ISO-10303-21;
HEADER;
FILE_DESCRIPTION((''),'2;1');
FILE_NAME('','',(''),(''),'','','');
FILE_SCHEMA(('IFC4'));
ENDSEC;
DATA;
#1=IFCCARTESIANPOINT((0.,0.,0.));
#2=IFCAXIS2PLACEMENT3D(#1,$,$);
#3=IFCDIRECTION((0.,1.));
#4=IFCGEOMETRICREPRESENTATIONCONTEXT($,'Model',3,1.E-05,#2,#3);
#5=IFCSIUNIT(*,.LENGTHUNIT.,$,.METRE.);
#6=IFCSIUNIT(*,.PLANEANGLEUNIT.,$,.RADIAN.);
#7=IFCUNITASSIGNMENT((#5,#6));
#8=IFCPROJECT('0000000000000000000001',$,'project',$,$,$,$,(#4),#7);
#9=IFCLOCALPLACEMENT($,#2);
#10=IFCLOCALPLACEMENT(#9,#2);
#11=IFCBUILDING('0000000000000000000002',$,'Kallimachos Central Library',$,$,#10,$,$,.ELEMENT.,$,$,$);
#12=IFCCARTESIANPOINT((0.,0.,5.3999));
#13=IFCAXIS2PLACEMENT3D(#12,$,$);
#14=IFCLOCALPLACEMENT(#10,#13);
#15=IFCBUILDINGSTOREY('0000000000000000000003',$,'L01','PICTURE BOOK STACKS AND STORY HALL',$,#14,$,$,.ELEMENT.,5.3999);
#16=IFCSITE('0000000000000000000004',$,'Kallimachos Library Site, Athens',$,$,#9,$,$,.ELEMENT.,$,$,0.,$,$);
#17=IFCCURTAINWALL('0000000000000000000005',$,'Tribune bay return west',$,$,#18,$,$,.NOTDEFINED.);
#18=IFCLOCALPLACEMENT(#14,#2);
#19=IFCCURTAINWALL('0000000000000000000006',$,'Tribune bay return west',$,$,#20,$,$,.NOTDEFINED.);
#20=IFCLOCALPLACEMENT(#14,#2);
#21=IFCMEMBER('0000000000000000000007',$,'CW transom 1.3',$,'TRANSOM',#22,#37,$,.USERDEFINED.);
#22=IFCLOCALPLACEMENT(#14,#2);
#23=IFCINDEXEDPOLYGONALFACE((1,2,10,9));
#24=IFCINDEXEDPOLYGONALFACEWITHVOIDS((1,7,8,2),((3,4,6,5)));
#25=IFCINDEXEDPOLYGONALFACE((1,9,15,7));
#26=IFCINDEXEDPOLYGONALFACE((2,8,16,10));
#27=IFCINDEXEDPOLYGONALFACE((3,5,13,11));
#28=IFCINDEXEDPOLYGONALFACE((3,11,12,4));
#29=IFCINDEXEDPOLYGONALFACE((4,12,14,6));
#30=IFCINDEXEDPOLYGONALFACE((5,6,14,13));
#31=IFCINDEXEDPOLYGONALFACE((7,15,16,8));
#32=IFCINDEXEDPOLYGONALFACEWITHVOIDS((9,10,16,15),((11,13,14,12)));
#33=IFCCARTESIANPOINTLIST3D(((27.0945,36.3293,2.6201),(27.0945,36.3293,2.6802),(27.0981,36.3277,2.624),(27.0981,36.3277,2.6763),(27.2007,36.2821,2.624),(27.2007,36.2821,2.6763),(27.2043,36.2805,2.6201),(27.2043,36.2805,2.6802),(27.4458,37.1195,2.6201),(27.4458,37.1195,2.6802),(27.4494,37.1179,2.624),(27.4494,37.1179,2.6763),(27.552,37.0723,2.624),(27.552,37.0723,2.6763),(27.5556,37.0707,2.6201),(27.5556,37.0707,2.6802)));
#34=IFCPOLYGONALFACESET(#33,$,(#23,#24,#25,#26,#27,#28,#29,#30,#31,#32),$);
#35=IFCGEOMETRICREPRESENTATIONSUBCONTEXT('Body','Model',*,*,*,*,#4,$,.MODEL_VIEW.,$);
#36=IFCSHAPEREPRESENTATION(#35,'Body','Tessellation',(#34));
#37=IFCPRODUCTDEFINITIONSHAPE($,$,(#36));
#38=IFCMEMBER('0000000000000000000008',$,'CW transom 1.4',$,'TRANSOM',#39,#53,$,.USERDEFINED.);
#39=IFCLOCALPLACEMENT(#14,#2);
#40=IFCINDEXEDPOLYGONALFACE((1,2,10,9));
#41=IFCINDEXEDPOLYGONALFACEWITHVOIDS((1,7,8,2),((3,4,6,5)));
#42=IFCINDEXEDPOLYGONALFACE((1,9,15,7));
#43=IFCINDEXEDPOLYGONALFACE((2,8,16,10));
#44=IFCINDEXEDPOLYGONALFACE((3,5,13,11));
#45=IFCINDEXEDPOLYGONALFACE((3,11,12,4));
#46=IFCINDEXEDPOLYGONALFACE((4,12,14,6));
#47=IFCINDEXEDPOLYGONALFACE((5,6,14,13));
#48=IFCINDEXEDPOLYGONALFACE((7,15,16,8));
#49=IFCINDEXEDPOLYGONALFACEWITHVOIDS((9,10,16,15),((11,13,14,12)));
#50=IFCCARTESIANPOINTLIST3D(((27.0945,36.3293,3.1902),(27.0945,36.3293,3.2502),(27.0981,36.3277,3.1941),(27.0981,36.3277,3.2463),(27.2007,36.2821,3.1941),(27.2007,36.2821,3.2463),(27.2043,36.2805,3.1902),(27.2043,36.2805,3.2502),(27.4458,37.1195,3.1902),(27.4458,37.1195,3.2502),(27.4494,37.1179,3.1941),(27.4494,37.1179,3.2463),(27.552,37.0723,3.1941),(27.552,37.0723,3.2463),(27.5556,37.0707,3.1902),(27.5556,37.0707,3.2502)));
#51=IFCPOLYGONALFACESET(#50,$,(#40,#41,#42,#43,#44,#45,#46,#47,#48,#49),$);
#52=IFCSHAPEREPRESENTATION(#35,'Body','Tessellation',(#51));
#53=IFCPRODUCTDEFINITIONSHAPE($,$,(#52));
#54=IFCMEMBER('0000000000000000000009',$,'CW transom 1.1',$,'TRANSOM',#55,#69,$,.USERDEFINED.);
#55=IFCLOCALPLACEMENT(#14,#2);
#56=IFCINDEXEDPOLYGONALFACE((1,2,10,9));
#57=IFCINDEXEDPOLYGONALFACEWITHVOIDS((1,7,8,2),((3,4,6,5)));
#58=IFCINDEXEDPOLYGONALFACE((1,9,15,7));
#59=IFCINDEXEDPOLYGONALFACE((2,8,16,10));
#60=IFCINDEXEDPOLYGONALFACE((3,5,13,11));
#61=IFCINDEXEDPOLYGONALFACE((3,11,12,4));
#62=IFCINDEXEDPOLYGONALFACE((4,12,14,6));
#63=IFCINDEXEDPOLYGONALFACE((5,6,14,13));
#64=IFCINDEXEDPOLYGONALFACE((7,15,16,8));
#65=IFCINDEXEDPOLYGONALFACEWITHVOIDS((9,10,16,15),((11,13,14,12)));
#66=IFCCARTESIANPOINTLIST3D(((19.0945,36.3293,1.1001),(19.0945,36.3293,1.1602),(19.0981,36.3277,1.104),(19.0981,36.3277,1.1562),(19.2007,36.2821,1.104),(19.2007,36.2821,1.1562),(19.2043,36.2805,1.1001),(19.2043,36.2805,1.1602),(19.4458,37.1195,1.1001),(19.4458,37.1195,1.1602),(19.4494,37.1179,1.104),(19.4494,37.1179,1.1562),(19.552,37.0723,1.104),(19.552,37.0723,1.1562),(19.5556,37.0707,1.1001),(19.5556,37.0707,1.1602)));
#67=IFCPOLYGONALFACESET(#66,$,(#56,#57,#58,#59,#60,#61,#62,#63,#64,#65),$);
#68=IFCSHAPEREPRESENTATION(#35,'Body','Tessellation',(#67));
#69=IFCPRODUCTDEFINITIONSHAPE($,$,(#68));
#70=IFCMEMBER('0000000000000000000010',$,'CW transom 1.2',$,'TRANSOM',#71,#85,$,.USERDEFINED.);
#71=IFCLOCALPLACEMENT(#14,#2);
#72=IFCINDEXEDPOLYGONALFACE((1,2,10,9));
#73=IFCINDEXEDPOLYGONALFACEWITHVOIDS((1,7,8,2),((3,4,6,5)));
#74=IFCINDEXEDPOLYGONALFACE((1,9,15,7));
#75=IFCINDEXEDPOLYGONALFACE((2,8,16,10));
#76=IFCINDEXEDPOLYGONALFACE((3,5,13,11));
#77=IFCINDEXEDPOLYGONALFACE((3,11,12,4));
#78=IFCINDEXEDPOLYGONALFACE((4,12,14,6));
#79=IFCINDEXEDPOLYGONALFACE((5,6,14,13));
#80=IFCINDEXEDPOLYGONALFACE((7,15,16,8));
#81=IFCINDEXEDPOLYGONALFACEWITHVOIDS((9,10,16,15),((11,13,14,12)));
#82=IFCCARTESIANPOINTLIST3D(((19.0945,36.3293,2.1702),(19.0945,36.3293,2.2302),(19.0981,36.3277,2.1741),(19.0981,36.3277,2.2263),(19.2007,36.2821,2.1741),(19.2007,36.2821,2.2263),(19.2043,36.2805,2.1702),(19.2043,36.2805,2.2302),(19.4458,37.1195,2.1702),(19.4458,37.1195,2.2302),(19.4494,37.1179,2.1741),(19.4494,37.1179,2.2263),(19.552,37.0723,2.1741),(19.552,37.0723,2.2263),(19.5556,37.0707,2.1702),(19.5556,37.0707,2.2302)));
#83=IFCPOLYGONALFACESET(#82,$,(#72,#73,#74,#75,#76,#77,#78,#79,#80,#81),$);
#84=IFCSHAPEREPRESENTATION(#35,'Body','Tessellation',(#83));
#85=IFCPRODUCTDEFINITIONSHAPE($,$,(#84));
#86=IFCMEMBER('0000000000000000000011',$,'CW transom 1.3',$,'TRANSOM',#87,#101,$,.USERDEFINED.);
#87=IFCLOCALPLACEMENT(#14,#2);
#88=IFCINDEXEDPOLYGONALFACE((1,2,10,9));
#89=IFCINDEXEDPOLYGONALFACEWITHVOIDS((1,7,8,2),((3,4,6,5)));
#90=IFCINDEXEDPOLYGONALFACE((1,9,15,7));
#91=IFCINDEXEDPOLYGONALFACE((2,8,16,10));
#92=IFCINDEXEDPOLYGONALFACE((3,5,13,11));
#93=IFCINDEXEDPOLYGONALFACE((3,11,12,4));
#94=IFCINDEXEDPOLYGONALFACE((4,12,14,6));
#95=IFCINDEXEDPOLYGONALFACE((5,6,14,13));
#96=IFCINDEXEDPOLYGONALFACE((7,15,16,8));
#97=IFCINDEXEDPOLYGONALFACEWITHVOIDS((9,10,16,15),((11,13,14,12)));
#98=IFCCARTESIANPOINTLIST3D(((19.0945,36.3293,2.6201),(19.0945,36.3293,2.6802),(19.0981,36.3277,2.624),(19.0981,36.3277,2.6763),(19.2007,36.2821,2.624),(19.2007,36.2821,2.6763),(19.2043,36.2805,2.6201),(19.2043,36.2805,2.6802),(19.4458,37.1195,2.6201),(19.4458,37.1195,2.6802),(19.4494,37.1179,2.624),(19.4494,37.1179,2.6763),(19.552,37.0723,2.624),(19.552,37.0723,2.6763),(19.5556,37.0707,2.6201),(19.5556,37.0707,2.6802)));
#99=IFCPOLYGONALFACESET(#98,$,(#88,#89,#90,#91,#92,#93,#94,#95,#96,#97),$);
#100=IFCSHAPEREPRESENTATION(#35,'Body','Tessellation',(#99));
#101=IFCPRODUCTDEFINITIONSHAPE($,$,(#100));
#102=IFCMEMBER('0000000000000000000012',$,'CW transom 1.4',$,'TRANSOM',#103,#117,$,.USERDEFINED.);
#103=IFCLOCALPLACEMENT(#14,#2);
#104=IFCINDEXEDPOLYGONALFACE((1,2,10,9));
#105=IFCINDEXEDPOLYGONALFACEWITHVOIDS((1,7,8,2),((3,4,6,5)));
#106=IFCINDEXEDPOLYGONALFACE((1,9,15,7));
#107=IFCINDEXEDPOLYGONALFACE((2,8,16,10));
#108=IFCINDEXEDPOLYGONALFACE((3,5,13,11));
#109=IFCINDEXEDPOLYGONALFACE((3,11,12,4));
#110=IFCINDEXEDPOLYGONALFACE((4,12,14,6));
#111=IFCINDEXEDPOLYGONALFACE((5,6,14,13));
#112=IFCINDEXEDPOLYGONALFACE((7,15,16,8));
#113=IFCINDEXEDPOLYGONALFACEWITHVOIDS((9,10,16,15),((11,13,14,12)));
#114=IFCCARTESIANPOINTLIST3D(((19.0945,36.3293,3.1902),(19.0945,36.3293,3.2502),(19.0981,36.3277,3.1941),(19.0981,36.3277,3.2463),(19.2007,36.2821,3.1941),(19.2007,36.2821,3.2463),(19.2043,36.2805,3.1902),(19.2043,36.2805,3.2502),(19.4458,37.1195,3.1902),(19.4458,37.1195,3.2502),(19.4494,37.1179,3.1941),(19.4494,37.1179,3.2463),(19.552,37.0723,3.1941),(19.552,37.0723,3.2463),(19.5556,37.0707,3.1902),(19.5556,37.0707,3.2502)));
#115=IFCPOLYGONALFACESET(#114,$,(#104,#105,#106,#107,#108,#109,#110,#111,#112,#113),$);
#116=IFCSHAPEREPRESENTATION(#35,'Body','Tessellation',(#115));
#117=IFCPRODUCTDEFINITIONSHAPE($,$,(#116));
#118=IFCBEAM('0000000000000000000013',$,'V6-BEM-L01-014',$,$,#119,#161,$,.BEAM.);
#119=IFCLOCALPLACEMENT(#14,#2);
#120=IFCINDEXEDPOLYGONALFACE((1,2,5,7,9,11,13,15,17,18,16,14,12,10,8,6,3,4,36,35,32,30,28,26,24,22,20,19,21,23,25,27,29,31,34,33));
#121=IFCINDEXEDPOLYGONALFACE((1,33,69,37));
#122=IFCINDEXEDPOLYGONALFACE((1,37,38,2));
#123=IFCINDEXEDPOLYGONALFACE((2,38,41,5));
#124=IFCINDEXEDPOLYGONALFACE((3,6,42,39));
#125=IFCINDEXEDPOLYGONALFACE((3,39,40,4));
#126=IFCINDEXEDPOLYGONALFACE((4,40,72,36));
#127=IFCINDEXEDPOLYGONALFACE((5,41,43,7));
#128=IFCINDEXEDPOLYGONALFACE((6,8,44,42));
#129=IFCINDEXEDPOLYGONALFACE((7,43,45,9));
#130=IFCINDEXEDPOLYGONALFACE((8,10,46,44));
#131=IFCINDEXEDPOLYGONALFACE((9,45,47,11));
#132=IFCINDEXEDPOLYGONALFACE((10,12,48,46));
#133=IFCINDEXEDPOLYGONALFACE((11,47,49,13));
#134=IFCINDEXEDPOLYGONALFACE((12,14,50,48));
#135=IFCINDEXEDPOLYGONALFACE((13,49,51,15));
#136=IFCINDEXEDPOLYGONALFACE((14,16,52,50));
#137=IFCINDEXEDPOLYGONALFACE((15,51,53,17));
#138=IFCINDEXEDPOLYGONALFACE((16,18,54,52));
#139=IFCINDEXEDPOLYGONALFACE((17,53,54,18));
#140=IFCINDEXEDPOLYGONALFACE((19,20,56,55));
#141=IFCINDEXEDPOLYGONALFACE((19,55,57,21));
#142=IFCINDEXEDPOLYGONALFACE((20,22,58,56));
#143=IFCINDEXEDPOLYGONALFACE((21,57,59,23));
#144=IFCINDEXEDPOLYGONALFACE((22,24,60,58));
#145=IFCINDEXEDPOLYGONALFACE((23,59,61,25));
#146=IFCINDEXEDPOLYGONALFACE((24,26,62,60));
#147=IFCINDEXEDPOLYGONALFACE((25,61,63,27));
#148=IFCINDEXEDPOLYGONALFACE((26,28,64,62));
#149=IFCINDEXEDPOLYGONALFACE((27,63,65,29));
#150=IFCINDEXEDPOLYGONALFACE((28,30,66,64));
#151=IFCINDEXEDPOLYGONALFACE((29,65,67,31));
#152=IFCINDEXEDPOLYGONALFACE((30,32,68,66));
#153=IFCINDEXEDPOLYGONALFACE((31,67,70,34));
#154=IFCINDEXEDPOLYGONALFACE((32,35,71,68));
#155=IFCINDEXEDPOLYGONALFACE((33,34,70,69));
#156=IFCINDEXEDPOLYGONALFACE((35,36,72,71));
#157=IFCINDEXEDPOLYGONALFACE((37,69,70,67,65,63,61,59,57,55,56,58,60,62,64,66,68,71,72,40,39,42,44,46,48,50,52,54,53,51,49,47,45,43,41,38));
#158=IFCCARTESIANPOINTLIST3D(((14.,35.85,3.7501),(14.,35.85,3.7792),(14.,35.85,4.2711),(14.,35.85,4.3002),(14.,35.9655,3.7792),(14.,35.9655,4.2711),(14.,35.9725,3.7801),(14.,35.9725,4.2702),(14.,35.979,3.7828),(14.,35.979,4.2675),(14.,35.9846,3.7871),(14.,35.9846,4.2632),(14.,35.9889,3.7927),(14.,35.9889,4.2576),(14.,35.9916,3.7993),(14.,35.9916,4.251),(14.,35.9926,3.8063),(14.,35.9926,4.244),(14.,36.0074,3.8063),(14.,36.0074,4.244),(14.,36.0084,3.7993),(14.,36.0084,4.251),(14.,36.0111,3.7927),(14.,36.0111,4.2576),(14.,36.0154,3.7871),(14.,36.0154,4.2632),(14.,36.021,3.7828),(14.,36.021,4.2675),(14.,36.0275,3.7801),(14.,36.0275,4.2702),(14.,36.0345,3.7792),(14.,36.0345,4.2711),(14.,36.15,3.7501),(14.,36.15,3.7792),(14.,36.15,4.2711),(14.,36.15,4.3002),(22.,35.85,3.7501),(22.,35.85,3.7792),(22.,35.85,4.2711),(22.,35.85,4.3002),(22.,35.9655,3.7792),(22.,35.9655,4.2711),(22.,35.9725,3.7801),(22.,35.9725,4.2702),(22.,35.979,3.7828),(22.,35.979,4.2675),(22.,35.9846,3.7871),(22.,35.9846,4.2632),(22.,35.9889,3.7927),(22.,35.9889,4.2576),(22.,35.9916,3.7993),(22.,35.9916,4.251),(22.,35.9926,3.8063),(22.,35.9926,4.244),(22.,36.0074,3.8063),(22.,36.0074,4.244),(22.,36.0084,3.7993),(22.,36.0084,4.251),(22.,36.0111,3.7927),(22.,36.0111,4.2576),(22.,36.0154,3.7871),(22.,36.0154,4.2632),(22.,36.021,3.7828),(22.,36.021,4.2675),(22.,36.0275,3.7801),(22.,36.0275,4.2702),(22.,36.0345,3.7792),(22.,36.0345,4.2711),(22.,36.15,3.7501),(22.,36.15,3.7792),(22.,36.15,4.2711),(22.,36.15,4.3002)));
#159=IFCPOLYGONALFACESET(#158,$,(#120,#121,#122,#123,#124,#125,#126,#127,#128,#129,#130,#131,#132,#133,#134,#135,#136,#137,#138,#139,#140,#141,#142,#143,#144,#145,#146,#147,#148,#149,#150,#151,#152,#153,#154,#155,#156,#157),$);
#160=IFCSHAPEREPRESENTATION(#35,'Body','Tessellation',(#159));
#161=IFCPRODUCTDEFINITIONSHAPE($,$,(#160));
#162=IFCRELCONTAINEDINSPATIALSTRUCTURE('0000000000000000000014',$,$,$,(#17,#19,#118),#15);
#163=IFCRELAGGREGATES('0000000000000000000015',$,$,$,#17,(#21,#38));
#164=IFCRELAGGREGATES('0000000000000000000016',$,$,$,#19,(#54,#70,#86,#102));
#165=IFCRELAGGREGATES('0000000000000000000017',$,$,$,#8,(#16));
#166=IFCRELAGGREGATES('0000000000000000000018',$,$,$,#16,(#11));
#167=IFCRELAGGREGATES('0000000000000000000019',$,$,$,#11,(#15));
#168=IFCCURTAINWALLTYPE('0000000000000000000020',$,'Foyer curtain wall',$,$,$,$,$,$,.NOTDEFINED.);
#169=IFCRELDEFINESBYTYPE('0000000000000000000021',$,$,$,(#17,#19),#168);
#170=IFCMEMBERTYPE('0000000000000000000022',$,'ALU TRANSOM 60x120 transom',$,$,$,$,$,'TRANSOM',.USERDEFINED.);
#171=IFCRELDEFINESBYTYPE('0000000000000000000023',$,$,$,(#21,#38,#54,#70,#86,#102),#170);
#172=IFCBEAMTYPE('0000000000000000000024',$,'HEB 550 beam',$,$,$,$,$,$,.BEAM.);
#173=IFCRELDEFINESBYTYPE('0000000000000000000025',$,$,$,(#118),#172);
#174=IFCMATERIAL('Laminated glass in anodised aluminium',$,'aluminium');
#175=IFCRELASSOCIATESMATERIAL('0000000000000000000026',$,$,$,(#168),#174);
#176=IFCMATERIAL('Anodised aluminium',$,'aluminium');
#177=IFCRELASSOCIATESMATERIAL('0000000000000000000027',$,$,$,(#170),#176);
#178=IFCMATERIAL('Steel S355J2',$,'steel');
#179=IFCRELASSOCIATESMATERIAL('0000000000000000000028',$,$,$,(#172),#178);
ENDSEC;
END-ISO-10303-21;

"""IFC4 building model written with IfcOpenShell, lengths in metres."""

from ifc_helpers import new_model, si_unit, direction, frame, origin, origin_2d, place, context, subcontext, project, spatial, hollow_rectangle, i_section, extrude, material, material_profile, profile_set, type_object, element, aggregate, save


model = new_model("IFC4")

# Units and contexts
model_context = context("Model", 3, precision=1e-05, world=origin(), true_north=direction((0.0, 1.0)))
body_context = subcontext(model_context, "Body", "Model", "MODEL_VIEW")
ifc_project = project(units=[si_unit("LENGTHUNIT", "METRE"), si_unit("PLANEANGLEUNIT", "RADIAN")], contexts=[model_context])

# Site, building, storey
site_placement = place(None, origin())
site = spatial("IfcSite", under=ifc_project, at=site_placement, Name="Kallimachos Library Site, Athens", CompositionType="ELEMENT", RefElevation=0.0)
building_placement = place(site_placement, origin())
building = spatial("IfcBuilding", under=site, at=building_placement, Name="Kallimachos Central Library", CompositionType="ELEMENT")
storey_placement = place(building_placement, frame((0.0, 0.0, 5.3999)))
storey = spatial("IfcBuildingStorey", under=building, at=storey_placement, Name="L01", Description="PICTURE BOOK STACKS AND STORY HALL", CompositionType="ELEMENT", Elevation=5.3999)

# Curtain walls
ifc_material_1 = material(Name="Laminated glass in anodised aluminium", Category="aluminium")
curtain_wall_type = type_object("IfcCurtainWallType", Name="Foyer curtain wall", PredefinedType="NOTDEFINED", material=ifc_material_1)
curtain_wall_1_placement = place(storey_placement, origin())
curtain_wall_1 = element("IfcCurtainWall", 1, at=curtain_wall_1_placement, inside=storey, type_object=curtain_wall_type, Name="Tribune bay return west", PredefinedType="NOTDEFINED")
curtain_wall_2_placement = place(storey_placement, origin())
curtain_wall_2 = element("IfcCurtainWall", 2, at=curtain_wall_2_placement, inside=storey, type_object=curtain_wall_type, Name="Tribune bay return west", PredefinedType="NOTDEFINED")

# Members
ifc_material_2 = material(Name="Anodised aluminium", Category="aluminium")
ifc_material_profile_1 = material_profile(ifc_material_2, hollow_rectangle(XDim=0.0601, YDim=0.1201, WallThickness=0.0039, at=origin_2d()), Name="ALU TRANSOM 60x120")
ifc_profile_set_1 = profile_set([ifc_material_profile_1], Name="Anodised aluminium")
member_type_1 = type_object("IfcMemberType", Name="ALU TRANSOM 60x120 transom", ElementType="TRANSOM", PredefinedType="USERDEFINED", material=ifc_profile_set_1)
member_1_placement = place(storey_placement, frame((27.1494, 36.3049, 2.6501), z_axis=(0.406217, 0.913777, 0.0), x_axis=(0.0, 0.0, 1.0)))
member_1 = element("IfcMember", 3, at=member_1_placement, type_object=member_type_1, Name="CW transom 1.3", ObjectType="TRANSOM", PredefinedType="USERDEFINED", context=body_context, shape_type="SweptSolid", body=[
    extrude(hollow_rectangle(XDim=0.0601, YDim=0.1201, WallThickness=0.0039, at=origin_2d()), origin(), (0.0, 0.0, 1.0), 0.8647),
])
member_2_placement = place(storey_placement, frame((27.1494, 36.3049, 3.2202), z_axis=(0.406217, 0.913777, 0.0), x_axis=(0.0, 0.0, 1.0)))
member_2 = element("IfcMember", 4, at=member_2_placement, type_object=member_type_1, Name="CW transom 1.4", ObjectType="TRANSOM", PredefinedType="USERDEFINED", context=body_context, shape_type="SweptSolid", body=[
    extrude(hollow_rectangle(XDim=0.0601, YDim=0.1201, WallThickness=0.0039, at=origin_2d()), origin(), (0.0, 0.0, 1.0), 0.8647),
])
aggregate(curtain_wall_1, [member_1, member_2])
member_3_placement = place(storey_placement, frame((19.1494, 36.3049, 1.1301), z_axis=(0.406217, 0.913777, 0.0), x_axis=(0.0, 0.0, 1.0)))
member_3 = element("IfcMember", 5, at=member_3_placement, type_object=member_type_1, Name="CW transom 1.1", ObjectType="TRANSOM", PredefinedType="USERDEFINED", context=body_context, shape_type="SweptSolid", body=[
    extrude(hollow_rectangle(XDim=0.0601, YDim=0.1201, WallThickness=0.0039, at=origin_2d()), origin(), (0.0, 0.0, 1.0), 0.8647),
])
member_4_placement = place(storey_placement, frame((19.1494, 36.3049, 2.2002), z_axis=(0.406217, 0.913777, 0.0), x_axis=(0.0, 0.0, 1.0)))
member_4 = element("IfcMember", 6, at=member_4_placement, type_object=member_type_1, Name="CW transom 1.2", ObjectType="TRANSOM", PredefinedType="USERDEFINED", context=body_context, shape_type="SweptSolid", body=[
    extrude(hollow_rectangle(XDim=0.0601, YDim=0.1201, WallThickness=0.0039, at=origin_2d()), origin(), (0.0, 0.0, 1.0), 0.8647),
])
member_5_placement = place(storey_placement, frame((19.1494, 36.3049, 2.6501), z_axis=(0.406217, 0.913777, 0.0), x_axis=(0.0, 0.0, 1.0)))
member_5 = element("IfcMember", 7, at=member_5_placement, type_object=member_type_1, Name="CW transom 1.3", ObjectType="TRANSOM", PredefinedType="USERDEFINED", context=body_context, shape_type="SweptSolid", body=[
    extrude(hollow_rectangle(XDim=0.0601, YDim=0.1201, WallThickness=0.0039, at=origin_2d()), origin(), (0.0, 0.0, 1.0), 0.8647),
])
member_6_placement = place(storey_placement, frame((19.1494, 36.3049, 3.2202), z_axis=(0.406217, 0.913777, 0.0), x_axis=(0.0, 0.0, 1.0)))
member_6 = element("IfcMember", 8, at=member_6_placement, type_object=member_type_1, Name="CW transom 1.4", ObjectType="TRANSOM", PredefinedType="USERDEFINED", context=body_context, shape_type="SweptSolid", body=[
    extrude(hollow_rectangle(XDim=0.0601, YDim=0.1201, WallThickness=0.0039, at=origin_2d()), origin(), (0.0, 0.0, 1.0), 0.8647),
])

# Beam
ifc_material_3 = material(Name="Steel S355J2", Category="steel")
ifc_material_profile_2 = material_profile(ifc_material_3, i_section(OverallWidth=0.3, OverallDepth=0.55, WebThickness=0.0149, FlangeThickness=0.0291, FilletRadius=0.0271, at=origin_2d()), Name="HEB 550")
ifc_profile_set_2 = profile_set([ifc_material_profile_2], Name="Steel S355J2")
beam_type_1 = type_object("IfcBeamType", Name="HEB 550 beam", PredefinedType="BEAM", material=ifc_profile_set_2)
for number, where, z_axis, x_axis, name in (
    (9, (14.0, 36.0, 4.0251), (1.0, 0.0, 0.0), (0.0, 1.0, 0.0), "V6-BEM-L01-014"),
):
    element("IfcBeam", number, at=place(storey_placement, frame(where, z_axis=z_axis, x_axis=x_axis)), inside=storey, type_object=beam_type_1, Name=name, PredefinedType="BEAM", context=body_context, shape_type="SweptSolid", body=[
        extrude(i_section(OverallWidth=0.3, OverallDepth=0.55, WebThickness=0.0149, FlangeThickness=0.0291, FilletRadius=0.0271, at=origin_2d()), origin(), (0.0, 0.0, 1.0), 8.0),
    ])

aggregate(curtain_wall_2, [member_3, member_4, member_5, member_6])

save(model, "model.ifc")
